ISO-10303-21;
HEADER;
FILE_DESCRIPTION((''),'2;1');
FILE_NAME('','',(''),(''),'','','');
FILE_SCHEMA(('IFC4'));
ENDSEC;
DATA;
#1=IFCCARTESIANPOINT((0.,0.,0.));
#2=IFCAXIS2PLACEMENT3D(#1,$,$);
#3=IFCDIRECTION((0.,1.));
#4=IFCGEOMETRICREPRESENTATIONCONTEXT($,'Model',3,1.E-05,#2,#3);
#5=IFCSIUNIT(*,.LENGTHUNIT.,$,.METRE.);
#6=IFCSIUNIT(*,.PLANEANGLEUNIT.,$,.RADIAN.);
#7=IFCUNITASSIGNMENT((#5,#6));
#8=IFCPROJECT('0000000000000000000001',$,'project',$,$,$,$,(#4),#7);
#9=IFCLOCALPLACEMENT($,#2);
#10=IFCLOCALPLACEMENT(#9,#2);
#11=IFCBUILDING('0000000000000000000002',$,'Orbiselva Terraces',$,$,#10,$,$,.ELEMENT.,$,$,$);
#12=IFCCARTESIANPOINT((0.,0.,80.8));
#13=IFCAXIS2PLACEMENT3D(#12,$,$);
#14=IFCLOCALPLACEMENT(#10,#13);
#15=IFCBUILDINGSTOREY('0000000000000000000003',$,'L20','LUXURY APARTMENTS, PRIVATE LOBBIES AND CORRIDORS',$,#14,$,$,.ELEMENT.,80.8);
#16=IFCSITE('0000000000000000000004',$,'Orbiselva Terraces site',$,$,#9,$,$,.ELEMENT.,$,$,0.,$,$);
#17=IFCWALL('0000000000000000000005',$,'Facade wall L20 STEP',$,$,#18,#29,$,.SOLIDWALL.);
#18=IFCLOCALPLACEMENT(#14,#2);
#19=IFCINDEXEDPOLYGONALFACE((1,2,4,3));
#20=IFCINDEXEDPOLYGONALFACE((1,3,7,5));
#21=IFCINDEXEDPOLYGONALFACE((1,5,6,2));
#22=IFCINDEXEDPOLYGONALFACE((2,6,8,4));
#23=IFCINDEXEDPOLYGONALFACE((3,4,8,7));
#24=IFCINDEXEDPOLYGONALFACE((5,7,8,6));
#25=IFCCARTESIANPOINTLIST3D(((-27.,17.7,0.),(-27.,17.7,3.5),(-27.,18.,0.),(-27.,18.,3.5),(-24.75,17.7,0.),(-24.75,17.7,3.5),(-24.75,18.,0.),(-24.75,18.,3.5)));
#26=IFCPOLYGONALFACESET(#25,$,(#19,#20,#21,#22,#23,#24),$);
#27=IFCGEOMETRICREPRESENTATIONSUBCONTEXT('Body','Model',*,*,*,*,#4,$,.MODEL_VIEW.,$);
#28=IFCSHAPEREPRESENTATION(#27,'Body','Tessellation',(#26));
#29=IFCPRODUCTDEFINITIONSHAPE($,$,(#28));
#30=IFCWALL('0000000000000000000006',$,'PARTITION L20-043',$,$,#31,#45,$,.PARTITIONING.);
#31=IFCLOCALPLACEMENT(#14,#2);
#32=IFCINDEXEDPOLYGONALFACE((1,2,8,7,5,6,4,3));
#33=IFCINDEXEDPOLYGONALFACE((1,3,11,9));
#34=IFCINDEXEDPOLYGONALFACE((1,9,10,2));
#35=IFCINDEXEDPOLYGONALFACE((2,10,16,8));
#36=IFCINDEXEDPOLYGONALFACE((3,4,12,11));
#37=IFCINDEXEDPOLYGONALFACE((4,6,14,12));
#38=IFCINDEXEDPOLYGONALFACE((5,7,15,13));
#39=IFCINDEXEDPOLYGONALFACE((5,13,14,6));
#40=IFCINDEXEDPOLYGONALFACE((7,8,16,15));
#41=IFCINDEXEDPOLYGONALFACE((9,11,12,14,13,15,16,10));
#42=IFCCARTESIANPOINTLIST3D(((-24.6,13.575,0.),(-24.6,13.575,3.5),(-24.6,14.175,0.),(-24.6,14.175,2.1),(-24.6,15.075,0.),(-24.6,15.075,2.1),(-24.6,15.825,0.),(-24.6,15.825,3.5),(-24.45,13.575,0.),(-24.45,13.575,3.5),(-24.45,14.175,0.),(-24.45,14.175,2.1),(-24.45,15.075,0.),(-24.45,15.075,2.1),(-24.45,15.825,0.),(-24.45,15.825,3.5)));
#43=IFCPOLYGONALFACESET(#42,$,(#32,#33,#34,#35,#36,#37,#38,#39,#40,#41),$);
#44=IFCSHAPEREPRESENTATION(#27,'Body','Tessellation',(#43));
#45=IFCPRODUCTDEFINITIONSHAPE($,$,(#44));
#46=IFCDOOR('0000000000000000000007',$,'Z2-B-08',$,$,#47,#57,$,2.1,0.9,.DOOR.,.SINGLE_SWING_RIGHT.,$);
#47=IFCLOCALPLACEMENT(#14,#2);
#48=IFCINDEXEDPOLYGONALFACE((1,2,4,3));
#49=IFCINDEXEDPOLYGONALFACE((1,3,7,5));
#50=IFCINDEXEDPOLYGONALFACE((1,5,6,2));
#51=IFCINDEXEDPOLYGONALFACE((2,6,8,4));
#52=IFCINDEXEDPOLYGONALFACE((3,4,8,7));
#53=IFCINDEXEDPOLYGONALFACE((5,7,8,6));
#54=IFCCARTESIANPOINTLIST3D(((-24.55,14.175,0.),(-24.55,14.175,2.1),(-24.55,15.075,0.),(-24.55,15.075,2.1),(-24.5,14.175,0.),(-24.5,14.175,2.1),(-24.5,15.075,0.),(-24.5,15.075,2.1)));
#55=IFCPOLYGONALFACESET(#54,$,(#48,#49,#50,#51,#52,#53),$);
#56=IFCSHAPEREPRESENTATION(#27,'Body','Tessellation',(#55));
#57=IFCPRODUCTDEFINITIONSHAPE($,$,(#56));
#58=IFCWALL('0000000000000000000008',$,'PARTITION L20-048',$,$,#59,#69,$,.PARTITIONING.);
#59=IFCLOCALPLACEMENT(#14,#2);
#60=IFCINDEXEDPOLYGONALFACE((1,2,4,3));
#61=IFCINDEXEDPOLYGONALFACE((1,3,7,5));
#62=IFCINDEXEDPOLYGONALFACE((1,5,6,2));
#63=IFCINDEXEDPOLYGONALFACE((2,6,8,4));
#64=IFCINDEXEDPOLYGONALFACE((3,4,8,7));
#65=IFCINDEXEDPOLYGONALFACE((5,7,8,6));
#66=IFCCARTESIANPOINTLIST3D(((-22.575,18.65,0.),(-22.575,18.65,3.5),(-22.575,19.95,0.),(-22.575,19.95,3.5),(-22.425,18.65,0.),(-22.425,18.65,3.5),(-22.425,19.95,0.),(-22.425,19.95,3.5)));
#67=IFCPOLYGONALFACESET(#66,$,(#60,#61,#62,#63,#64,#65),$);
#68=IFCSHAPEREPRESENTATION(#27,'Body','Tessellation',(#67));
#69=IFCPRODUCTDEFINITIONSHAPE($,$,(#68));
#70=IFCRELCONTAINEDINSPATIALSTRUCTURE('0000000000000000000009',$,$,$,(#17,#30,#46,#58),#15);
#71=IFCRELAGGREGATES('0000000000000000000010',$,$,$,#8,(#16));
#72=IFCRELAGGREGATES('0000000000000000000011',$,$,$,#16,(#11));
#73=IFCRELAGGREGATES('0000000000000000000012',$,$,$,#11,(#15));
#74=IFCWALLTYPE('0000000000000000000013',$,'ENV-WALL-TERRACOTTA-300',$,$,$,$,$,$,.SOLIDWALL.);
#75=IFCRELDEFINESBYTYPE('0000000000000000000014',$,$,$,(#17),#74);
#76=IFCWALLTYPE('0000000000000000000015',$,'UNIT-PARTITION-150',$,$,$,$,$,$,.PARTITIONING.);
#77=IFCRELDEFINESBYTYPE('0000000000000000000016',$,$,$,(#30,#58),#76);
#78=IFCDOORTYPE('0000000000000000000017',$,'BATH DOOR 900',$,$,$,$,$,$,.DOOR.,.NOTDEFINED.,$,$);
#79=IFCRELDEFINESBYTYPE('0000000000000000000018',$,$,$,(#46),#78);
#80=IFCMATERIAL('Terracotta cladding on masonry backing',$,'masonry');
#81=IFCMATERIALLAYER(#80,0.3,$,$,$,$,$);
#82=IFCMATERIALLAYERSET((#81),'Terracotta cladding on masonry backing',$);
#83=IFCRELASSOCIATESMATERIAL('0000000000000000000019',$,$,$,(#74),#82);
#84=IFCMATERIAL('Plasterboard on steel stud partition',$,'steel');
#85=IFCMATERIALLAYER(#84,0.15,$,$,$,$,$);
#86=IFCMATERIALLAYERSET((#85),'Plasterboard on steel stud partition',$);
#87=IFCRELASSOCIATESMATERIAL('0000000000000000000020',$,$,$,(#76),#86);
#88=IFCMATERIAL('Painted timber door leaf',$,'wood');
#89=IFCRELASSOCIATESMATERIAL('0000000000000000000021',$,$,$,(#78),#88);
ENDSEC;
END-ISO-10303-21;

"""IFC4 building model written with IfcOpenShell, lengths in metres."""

from ifc_helpers import new_model, si_unit, direction, frame, frame_2d, origin, place, context, subcontext, project, spatial, rectangle, extrude, material, layer, layer_set, type_object, element, fill, save


model = new_model("IFC4")

# Units and contexts
model_context = context("Model", 3, precision=1e-05, world=origin(), true_north=direction((0.0, 1.0)))
body_context = subcontext(model_context, "Body", "Model", "MODEL_VIEW")
ifc_project = project(units=[si_unit("LENGTHUNIT", "METRE"), si_unit("PLANEANGLEUNIT", "RADIAN")], contexts=[model_context])

# Site, building, storey
site_placement = place(None, origin())
site = spatial("IfcSite", under=ifc_project, at=site_placement, Name="Orbiselva Terraces site", CompositionType="ELEMENT", RefElevation=0.0)
building_placement = place(site_placement, origin())
building = spatial("IfcBuilding", under=site, at=building_placement, Name="Orbiselva Terraces", CompositionType="ELEMENT")
storey_placement = place(building_placement, frame((0.0, 0.0, 80.8)))
storey = spatial("IfcBuildingStorey", under=building, at=storey_placement, Name="L20", Description="LUXURY APARTMENTS, PRIVATE LOBBIES AND CORRIDORS", CompositionType="ELEMENT", Elevation=80.8)

# Shared definitions
ifc_material_1 = material(Name="Terracotta cladding on masonry backing", Category="masonry")
ifc_layer_1 = layer(ifc_material_1, 0.3)
ifc_layer_set_1 = layer_set([ifc_layer_1], Name="Terracotta cladding on masonry backing")
wall_type_1 = type_object("IfcWallType", Name="ENV-WALL-TERRACOTTA-300", PredefinedType="SOLIDWALL", material=ifc_layer_set_1)

# Wall
wall_1_placement = place(storey_placement, frame((-27.0, 17.85, 0.0), z_axis=(0.0, 0.0, 1.0), x_axis=(1.0, 0.0, 0.0)))
element("IfcWall", 1, at=wall_1_placement, inside=storey, type_object=wall_type_1, Name="Facade wall L20 STEP", PredefinedType="SOLIDWALL", context=body_context, shape_type="SweptSolid", body=[
    extrude(rectangle(XDim=2.25, YDim=0.3, at=frame_2d((1.125, 0.0))), origin(), (0.0, 0.0, 1.0), 3.5),
])

# Wall, opening, door
ifc_material_2 = material(Name="Plasterboard on steel stud partition", Category="steel")
ifc_layer_2 = layer(ifc_material_2, 0.15)
ifc_layer_set_2 = layer_set([ifc_layer_2], Name="Plasterboard on steel stud partition")
wall_type_2 = type_object("IfcWallType", Name="UNIT-PARTITION-150", PredefinedType="PARTITIONING", material=ifc_layer_set_2)
wall_2_placement = place(storey_placement, frame((-24.525, 15.825, 0.0), z_axis=(0.0, 0.0, 1.0), x_axis=(0.0, -1.0, 0.0)))
wall_2 = element("IfcWall", 2, at=wall_2_placement, inside=storey, type_object=wall_type_2, Name="PARTITION L20-043", PredefinedType="PARTITIONING", context=body_context, shape_type="SweptSolid", body=[
    extrude(rectangle(XDim=2.25, YDim=0.15, at=frame_2d((1.125, 0.0))), origin(), (0.0, 0.0, 1.0), 3.5),
])
opening_1_placement = place(wall_2_placement, frame((0.75, 0.0, 0.0)))
opening_1 = element("IfcOpeningElement", 3, at=opening_1_placement, cuts=wall_2, PredefinedType="OPENING", context=body_context, shape_type="SweptSolid", body=[
    extrude(rectangle(XDim=0.9, YDim=2.1, at=frame_2d((0.45, 1.05))), frame((0.0, 0.085, 0.0), z_axis=(0.0, -1.0, 0.0), x_axis=(1.0, 0.0, 0.0)), (0.0, 0.0, 1.0), 0.17),
])
ifc_material_3 = material(Name="Painted timber door leaf", Category="wood")
door_type_1 = type_object("IfcDoorType", Name="BATH DOOR 900", OperationType="NOTDEFINED", PredefinedType="DOOR", material=ifc_material_3)
door_1_placement = place(opening_1_placement, origin())
door_1 = element("IfcDoor", 4, at=door_1_placement, inside=storey, type_object=door_type_1, Name="Z2-B-08", OperationType="SINGLE_SWING_RIGHT", OverallHeight=2.1, OverallWidth=0.9, PredefinedType="DOOR", context=body_context, shape_type="SweptSolid", body=[
    extrude(rectangle(XDim=0.9, YDim=2.1, at=frame_2d((0.45, 1.05))), frame((0.0, 0.025, 0.0), z_axis=(0.0, -1.0, 0.0), x_axis=(1.0, 0.0, 0.0)), (0.0, 0.0, 1.0), 0.05),
])
fill(opening_1, door_1)

# Wall
wall_3_placement = place(storey_placement, frame((-22.5, 18.65, 0.0), z_axis=(0.0, 0.0, 1.0), x_axis=(0.0, 1.0, 0.0)))
element("IfcWall", 5, at=wall_3_placement, inside=storey, type_object=wall_type_2, Name="PARTITION L20-048", PredefinedType="PARTITIONING", context=body_context, shape_type="SweptSolid", body=[
    extrude(rectangle(XDim=1.3, YDim=0.15, at=frame_2d((0.65, 0.0))), origin(), (0.0, 0.0, 1.0), 3.5),
])

save(model, "model.ifc")
